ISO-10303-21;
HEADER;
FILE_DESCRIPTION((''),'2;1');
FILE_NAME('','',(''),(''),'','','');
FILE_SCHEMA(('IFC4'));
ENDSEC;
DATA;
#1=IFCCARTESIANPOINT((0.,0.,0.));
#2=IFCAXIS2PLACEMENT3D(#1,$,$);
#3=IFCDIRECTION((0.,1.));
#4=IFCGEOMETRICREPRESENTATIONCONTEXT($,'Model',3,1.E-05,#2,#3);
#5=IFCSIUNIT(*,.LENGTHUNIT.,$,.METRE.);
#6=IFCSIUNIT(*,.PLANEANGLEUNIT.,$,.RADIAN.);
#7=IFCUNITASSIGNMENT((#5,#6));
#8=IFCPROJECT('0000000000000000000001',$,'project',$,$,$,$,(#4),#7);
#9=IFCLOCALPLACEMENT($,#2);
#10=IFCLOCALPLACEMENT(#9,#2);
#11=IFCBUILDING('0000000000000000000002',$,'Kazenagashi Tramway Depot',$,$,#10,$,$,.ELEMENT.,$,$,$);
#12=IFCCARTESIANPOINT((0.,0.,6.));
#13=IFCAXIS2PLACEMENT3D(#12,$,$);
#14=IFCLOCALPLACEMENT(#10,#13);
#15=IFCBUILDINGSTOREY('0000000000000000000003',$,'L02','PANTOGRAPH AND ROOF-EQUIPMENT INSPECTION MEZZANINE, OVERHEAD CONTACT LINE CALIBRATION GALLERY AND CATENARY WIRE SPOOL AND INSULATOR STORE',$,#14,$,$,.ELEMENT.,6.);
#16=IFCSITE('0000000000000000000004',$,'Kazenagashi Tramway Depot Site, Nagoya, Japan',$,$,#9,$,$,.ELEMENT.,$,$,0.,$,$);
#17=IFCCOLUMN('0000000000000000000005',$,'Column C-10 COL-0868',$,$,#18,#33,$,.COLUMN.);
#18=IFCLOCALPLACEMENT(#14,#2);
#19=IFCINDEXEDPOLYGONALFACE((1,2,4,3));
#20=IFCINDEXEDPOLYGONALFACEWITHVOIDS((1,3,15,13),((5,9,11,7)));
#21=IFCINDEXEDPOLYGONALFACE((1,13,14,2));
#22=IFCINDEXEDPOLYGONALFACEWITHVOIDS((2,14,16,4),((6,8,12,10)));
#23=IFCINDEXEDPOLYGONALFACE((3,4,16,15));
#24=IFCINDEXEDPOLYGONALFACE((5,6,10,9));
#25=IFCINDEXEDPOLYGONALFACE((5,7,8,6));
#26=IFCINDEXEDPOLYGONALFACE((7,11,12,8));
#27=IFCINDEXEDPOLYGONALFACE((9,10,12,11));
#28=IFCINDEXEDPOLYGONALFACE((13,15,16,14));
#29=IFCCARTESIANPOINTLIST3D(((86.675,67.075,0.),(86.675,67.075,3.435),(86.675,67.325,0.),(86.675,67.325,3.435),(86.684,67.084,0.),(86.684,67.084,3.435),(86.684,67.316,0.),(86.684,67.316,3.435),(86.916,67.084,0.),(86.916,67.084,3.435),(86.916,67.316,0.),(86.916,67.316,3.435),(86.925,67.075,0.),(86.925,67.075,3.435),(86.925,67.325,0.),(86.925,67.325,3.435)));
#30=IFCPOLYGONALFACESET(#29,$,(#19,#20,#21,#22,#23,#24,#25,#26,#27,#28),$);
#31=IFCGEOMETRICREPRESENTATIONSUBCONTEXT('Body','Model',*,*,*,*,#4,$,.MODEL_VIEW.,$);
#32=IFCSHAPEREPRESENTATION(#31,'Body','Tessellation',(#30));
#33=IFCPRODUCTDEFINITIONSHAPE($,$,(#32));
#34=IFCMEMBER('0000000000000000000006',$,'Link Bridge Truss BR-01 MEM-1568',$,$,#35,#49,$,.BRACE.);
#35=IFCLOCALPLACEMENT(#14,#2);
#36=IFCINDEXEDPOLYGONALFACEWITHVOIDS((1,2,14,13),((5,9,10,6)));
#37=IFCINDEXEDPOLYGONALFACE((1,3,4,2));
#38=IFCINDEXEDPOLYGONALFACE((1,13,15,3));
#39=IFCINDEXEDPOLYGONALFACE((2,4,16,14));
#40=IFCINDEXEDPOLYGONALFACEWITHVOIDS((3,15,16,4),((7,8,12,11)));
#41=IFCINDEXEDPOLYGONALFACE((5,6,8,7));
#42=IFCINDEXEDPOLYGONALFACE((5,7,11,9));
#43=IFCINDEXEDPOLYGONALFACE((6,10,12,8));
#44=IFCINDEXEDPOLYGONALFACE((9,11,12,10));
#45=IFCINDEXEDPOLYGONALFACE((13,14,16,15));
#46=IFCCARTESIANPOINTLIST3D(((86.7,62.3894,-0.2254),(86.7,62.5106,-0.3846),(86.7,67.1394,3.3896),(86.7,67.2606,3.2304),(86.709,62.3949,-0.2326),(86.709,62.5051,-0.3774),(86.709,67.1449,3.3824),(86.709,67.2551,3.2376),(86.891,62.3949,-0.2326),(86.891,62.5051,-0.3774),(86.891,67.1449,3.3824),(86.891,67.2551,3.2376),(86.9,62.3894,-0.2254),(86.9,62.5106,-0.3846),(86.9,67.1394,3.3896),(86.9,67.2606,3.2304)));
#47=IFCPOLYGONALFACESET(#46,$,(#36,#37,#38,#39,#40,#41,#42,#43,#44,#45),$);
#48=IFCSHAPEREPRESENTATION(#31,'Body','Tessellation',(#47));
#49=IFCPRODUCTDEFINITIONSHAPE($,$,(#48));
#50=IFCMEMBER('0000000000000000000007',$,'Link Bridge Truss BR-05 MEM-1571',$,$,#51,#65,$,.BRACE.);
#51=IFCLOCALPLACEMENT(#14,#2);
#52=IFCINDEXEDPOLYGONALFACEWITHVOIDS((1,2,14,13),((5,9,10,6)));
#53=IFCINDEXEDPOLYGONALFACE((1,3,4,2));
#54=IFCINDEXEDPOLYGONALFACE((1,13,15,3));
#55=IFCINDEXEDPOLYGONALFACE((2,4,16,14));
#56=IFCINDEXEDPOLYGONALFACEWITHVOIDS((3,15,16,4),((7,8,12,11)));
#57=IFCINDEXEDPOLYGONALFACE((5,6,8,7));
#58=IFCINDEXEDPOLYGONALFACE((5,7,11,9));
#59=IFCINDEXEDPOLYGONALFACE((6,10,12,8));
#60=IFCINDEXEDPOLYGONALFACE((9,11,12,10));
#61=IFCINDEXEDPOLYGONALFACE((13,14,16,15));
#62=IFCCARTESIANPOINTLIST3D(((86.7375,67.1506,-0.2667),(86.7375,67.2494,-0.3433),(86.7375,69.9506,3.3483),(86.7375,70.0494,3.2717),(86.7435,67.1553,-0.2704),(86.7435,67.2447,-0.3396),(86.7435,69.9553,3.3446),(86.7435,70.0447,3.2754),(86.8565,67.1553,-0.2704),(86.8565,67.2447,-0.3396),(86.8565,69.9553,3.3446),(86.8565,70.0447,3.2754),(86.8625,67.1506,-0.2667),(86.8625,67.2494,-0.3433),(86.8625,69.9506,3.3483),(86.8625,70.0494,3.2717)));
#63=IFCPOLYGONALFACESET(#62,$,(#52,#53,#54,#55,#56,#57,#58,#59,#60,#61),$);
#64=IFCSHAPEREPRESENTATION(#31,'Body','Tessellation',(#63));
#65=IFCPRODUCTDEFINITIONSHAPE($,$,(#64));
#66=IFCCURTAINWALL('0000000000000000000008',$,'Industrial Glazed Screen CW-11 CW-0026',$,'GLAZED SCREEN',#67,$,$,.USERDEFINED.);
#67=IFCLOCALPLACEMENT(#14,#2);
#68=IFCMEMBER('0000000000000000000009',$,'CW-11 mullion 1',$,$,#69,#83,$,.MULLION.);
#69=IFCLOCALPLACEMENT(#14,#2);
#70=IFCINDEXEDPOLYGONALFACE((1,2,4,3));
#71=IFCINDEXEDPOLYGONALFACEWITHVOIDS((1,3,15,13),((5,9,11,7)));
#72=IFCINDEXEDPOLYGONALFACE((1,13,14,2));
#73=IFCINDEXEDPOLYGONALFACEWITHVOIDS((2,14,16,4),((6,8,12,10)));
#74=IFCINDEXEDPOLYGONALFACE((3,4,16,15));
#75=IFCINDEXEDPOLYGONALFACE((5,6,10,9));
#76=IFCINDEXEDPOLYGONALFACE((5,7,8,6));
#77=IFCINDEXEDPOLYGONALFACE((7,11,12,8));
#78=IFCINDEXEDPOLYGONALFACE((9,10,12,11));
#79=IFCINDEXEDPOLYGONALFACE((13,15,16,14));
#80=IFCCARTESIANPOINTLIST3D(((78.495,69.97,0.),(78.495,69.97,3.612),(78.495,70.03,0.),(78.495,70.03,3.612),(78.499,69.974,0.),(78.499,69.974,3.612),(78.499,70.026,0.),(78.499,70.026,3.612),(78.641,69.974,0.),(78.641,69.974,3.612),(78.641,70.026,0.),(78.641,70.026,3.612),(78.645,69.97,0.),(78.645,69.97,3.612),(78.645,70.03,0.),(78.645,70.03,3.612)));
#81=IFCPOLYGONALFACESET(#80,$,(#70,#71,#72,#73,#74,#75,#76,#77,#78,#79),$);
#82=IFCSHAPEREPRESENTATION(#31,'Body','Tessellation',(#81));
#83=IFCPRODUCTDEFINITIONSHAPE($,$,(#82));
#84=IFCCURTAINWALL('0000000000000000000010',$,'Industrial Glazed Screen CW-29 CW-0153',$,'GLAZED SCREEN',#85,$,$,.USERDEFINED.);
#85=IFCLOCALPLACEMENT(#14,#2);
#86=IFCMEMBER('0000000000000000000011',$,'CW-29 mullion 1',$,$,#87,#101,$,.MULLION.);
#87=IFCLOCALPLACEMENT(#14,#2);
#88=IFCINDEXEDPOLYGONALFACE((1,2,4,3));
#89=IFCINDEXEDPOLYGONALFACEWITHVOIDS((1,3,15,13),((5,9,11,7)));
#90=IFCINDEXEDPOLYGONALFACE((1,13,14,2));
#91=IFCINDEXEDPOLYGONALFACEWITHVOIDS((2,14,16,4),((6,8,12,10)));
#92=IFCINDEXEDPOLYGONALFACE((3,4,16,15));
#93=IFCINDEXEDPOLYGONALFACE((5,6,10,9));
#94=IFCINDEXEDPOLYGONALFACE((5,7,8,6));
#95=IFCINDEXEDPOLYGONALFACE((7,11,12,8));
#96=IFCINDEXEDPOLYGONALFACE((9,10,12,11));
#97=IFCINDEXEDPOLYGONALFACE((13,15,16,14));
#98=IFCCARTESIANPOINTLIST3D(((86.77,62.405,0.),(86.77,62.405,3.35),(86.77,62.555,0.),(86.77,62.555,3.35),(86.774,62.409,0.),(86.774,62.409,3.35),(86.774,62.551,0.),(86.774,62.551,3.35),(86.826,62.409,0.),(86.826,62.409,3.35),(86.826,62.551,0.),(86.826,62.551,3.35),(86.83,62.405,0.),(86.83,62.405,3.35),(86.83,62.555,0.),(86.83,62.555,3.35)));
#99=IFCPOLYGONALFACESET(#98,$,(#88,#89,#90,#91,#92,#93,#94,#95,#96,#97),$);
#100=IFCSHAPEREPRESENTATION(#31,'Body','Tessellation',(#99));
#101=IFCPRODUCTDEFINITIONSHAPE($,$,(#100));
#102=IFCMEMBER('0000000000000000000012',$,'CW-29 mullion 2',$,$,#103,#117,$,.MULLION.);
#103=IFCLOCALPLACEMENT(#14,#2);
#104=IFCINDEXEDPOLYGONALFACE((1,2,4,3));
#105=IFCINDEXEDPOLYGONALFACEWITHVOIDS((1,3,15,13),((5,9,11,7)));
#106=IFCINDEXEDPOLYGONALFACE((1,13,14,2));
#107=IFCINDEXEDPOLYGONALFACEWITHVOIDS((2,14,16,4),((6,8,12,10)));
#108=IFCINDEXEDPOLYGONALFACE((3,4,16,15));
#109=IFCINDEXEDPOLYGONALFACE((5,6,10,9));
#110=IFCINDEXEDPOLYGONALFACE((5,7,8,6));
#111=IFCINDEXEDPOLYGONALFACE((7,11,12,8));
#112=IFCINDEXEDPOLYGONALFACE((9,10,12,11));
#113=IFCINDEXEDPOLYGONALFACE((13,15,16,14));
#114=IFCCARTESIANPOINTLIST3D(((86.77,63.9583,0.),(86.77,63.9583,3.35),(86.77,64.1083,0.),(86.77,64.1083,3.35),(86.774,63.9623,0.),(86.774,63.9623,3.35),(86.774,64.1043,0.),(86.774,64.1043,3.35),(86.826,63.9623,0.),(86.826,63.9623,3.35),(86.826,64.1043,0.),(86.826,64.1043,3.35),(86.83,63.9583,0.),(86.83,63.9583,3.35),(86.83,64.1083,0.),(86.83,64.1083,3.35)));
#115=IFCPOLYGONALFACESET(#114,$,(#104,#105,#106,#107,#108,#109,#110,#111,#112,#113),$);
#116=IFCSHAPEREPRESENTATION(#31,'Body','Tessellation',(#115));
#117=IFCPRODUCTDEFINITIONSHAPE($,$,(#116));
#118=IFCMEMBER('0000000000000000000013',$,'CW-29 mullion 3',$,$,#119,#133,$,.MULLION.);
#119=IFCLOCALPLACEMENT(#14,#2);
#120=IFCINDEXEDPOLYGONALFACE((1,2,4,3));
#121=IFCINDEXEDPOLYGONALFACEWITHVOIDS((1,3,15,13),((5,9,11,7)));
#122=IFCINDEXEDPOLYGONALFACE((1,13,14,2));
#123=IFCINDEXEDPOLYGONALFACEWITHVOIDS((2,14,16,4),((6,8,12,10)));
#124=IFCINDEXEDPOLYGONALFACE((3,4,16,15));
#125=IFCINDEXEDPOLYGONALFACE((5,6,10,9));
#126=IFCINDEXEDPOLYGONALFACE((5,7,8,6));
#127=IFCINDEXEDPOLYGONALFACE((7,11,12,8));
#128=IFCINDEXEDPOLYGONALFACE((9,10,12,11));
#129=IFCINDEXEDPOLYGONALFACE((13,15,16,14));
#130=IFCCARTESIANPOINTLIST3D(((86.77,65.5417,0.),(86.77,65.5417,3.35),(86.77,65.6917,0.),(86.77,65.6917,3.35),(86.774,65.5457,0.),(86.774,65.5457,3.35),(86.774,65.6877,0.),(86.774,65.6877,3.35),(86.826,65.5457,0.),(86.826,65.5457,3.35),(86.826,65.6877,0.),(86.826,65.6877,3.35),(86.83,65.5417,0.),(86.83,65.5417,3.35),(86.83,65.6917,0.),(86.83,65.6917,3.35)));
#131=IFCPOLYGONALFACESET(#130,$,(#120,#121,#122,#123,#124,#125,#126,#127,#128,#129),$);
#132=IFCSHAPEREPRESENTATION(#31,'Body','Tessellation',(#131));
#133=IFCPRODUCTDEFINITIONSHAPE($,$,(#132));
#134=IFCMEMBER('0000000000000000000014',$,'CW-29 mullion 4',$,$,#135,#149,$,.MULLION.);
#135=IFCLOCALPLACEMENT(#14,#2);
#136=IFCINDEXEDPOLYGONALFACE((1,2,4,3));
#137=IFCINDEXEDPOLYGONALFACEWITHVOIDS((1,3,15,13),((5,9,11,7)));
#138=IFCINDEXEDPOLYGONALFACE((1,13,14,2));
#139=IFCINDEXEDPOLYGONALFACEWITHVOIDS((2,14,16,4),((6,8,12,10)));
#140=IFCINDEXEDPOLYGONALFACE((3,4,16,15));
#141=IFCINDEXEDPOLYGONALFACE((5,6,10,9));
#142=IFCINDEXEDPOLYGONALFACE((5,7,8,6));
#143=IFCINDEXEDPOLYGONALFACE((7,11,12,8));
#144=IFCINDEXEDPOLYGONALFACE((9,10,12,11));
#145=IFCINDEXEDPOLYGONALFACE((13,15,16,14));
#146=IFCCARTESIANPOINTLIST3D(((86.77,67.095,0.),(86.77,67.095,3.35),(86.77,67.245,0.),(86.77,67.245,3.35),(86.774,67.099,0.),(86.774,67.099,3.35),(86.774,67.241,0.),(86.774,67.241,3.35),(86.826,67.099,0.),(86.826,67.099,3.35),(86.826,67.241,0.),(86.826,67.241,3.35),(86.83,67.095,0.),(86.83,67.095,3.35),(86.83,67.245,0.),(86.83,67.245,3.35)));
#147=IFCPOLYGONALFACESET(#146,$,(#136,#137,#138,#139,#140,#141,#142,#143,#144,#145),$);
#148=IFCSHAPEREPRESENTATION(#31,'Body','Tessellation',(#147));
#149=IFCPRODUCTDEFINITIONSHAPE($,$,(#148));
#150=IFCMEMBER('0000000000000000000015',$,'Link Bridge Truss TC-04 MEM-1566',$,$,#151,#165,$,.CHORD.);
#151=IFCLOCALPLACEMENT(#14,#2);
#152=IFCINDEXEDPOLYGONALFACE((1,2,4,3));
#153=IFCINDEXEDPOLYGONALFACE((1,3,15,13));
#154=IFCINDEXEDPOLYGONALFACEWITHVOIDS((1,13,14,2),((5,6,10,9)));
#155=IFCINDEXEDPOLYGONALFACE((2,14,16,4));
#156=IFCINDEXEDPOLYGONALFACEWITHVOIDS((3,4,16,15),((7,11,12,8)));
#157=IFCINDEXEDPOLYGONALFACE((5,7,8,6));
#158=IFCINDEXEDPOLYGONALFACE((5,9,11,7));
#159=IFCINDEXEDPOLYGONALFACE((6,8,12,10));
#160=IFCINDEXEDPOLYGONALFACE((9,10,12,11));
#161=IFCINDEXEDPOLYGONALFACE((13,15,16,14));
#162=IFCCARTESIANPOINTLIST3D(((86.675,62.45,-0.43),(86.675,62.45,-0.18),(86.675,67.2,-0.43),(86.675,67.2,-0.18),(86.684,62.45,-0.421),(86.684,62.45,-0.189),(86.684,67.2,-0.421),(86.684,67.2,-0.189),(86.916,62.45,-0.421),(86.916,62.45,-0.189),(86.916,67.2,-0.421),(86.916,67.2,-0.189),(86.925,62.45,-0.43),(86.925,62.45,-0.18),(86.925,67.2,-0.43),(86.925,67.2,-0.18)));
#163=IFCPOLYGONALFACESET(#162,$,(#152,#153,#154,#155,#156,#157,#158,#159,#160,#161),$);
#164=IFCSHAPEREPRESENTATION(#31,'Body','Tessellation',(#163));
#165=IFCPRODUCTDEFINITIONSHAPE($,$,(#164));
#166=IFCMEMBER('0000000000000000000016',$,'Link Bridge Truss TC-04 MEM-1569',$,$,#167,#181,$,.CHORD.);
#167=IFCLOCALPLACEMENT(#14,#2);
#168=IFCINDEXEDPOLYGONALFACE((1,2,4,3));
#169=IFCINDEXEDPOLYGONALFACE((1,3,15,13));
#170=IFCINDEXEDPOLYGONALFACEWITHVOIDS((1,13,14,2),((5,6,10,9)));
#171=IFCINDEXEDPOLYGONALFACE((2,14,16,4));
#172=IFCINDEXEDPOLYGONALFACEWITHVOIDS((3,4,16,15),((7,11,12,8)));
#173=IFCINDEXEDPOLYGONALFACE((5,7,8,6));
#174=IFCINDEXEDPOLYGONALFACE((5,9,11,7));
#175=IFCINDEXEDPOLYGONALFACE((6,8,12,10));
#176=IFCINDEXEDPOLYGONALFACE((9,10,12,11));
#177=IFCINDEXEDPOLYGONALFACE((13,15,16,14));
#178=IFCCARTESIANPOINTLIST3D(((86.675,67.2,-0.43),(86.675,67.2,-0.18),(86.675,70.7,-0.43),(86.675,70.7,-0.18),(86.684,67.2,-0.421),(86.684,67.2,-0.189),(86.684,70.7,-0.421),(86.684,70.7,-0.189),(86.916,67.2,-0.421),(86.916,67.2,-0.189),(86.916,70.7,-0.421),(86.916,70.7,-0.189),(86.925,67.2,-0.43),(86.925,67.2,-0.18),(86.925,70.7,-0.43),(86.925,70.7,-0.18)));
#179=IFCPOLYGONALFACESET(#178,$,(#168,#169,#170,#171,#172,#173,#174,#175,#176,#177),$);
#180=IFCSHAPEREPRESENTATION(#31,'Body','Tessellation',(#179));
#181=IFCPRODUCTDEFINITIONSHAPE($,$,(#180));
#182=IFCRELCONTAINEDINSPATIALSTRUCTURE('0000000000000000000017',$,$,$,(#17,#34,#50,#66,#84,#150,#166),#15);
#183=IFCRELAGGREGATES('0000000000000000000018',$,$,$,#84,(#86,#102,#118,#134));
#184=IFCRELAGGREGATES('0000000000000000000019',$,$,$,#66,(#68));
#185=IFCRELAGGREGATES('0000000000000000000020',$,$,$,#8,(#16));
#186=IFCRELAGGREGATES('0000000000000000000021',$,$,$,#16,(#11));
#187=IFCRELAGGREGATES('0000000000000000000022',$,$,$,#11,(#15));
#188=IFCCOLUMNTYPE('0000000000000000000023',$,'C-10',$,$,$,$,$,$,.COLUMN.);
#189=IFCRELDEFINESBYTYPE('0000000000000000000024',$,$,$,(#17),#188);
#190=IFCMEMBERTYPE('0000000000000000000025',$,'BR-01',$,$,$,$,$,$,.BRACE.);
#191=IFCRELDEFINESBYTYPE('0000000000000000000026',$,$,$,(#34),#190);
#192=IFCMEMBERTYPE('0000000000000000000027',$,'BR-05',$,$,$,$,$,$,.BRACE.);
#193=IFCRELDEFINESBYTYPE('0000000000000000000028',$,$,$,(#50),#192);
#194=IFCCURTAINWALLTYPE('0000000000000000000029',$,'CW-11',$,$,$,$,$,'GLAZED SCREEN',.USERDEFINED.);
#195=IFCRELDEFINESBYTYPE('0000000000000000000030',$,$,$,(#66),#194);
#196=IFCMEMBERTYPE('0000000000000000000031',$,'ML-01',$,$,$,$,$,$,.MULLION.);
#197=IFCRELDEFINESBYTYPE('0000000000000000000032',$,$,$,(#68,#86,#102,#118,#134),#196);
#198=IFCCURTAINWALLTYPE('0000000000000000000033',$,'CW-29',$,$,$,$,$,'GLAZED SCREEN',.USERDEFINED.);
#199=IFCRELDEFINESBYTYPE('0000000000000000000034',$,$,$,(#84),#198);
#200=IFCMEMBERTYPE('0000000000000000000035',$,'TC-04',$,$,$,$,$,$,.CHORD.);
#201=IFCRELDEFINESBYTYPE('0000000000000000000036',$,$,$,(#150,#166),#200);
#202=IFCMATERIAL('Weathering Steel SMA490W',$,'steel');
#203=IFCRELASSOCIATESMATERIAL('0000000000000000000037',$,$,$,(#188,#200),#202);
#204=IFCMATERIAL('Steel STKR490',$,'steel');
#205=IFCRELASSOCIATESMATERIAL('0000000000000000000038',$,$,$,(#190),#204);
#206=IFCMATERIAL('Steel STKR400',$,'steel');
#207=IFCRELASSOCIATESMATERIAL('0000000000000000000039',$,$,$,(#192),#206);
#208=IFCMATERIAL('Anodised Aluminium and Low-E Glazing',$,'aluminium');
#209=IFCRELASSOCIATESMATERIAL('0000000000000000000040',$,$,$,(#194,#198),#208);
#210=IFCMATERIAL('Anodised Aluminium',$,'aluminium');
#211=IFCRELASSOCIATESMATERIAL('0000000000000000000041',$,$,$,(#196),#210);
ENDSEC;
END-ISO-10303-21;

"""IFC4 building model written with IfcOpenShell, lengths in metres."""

from ifc_helpers import new_model, si_unit, direction, frame, origin, origin_2d, place, context, subcontext, project, spatial, hollow_rectangle, extrude, material, material_profile, profile_set, type_object, element, aggregate, save


model = new_model("IFC4")

# Units and contexts
model_context = context("Model", 3, precision=1e-05, world=origin(), true_north=direction((0.0, 1.0)))
body_context = subcontext(model_context, "Body", "Model", "MODEL_VIEW")
ifc_project = project(units=[si_unit("LENGTHUNIT", "METRE"), si_unit("PLANEANGLEUNIT", "RADIAN")], contexts=[model_context])

# Site, building, storey
site_placement = place(None, origin())
site = spatial("IfcSite", under=ifc_project, at=site_placement, Name="Kazenagashi Tramway Depot Site, Nagoya, Japan", CompositionType="ELEMENT", RefElevation=0.0)
building_placement = place(site_placement, origin())
building = spatial("IfcBuilding", under=site, at=building_placement, Name="Kazenagashi Tramway Depot", CompositionType="ELEMENT")
storey_placement = place(building_placement, frame((0.0, 0.0, 6.0)))
storey = spatial("IfcBuildingStorey", under=building, at=storey_placement, Name="L02", Description="PANTOGRAPH AND ROOF-EQUIPMENT INSPECTION MEZZANINE, OVERHEAD CONTACT LINE CALIBRATION GALLERY AND CATENARY WIRE SPOOL AND INSULATOR STORE", CompositionType="ELEMENT", Elevation=6.0)

# Column
ifc_material_1 = material(Name="Weathering Steel SMA490W", Category="steel")
ifc_material_profile_1 = material_profile(ifc_material_1, hollow_rectangle(XDim=0.25, YDim=0.25, WallThickness=0.009, at=origin_2d()), Name="SHS-250x250x9")
ifc_profile_set_1 = profile_set([ifc_material_profile_1], Name="Weathering Steel SMA490W")
column_type = type_object("IfcColumnType", Name="C-10", PredefinedType="COLUMN", material=ifc_profile_set_1)
column_placement = place(storey_placement, frame((86.8, 67.2, 0.0), z_axis=(0.0, 0.0, 1.0), x_axis=(1.0, 0.0, 0.0)))
element("IfcColumn", 1, at=column_placement, inside=storey, type_object=column_type, Name="Column C-10 COL-0868", PredefinedType="COLUMN", context=body_context, shape_type="SweptSolid", body=[
    extrude(hollow_rectangle(XDim=0.25, YDim=0.25, WallThickness=0.009, at=origin_2d()), origin(), (0.0, 0.0, 1.0), 3.435),
])

# Members
ifc_material_2 = material(Name="Steel STKR490", Category="steel")
ifc_material_profile_2 = material_profile(ifc_material_2, hollow_rectangle(XDim=0.2, YDim=0.2, WallThickness=0.009, at=origin_2d()), Name="SHS-200x200x9")
ifc_profile_set_2 = profile_set([ifc_material_profile_2], Name="Steel STKR490")
member_type_1 = type_object("IfcMemberType", Name="BR-01", PredefinedType="BRACE", material=ifc_profile_set_2)
member_1_placement = place(storey_placement, frame((86.8, 62.45, -0.305), z_axis=(0.0, 0.795758, 0.605614), x_axis=(-1.0, 0.0, 0.0)))
element("IfcMember", 2, at=member_1_placement, inside=storey, type_object=member_type_1, Name="Link Bridge Truss BR-01 MEM-1568", PredefinedType="BRACE", context=body_context, shape_type="SweptSolid", body=[
    extrude(hollow_rectangle(XDim=0.2, YDim=0.2, WallThickness=0.009, at=origin_2d()), origin(), (0.0, 0.0, 1.0), 5.9691),
])
ifc_material_3 = material(Name="Steel STKR400", Category="steel")
ifc_material_profile_3 = material_profile(ifc_material_3, hollow_rectangle(XDim=0.125, YDim=0.125, WallThickness=0.006, at=origin_2d()), Name="SHS-125x125x6")
ifc_profile_set_3 = profile_set([ifc_material_profile_3], Name="Steel STKR400")
member_type_2 = type_object("IfcMemberType", Name="BR-05", PredefinedType="BRACE", material=ifc_profile_set_3)
member_2_placement = place(storey_placement, frame((86.8, 67.2, -0.305), z_axis=(0.0, 0.61235, 0.790587), x_axis=(-1.0, 0.0, 0.0)))
element("IfcMember", 3, at=member_2_placement, inside=storey, type_object=member_type_2, Name="Link Bridge Truss BR-05 MEM-1571", PredefinedType="BRACE", context=body_context, shape_type="SweptSolid", body=[
    extrude(hollow_rectangle(XDim=0.125, YDim=0.125, WallThickness=0.006, at=origin_2d()), origin(), (0.0, 0.0, 1.0), 4.5726),
])

# Curtain wall, member
ifc_material_4 = material(Name="Anodised Aluminium and Low-E Glazing", Category="aluminium")
curtain_wall_type_1 = type_object("IfcCurtainWallType", Name="CW-11", ElementType="GLAZED SCREEN", PredefinedType="USERDEFINED", material=ifc_material_4)
curtain_wall_1_placement = place(storey_placement, origin())
curtain_wall_1 = element("IfcCurtainWall", 4, at=curtain_wall_1_placement, inside=storey, type_object=curtain_wall_type_1, Name="Industrial Glazed Screen CW-11 CW-0026", ObjectType="GLAZED SCREEN", PredefinedType="USERDEFINED")
ifc_material_5 = material(Name="Anodised Aluminium", Category="aluminium")
ifc_material_profile_4 = material_profile(ifc_material_5, hollow_rectangle(XDim=0.06, YDim=0.15, WallThickness=0.004, at=origin_2d()), Name="RHS-150x60x4")
ifc_profile_set_4 = profile_set([ifc_material_profile_4], Name="Anodised Aluminium")
member_type_3 = type_object("IfcMemberType", Name="ML-01", PredefinedType="MULLION", material=ifc_profile_set_4)
member_3_placement = place(storey_placement, frame((78.57, 70.0, 0.0), z_axis=(0.0, 0.0, 1.0), x_axis=(0.0, 1.0, 0.0)))
member_3 = element("IfcMember", 5, at=member_3_placement, type_object=member_type_3, Name="CW-11 mullion 1", PredefinedType="MULLION", context=body_context, shape_type="SweptSolid", body=[
    extrude(hollow_rectangle(XDim=0.06, YDim=0.15, WallThickness=0.004, at=origin_2d()), origin(), (0.0, 0.0, 1.0), 3.612),
])

# Curtain wall, members
curtain_wall_type_2 = type_object("IfcCurtainWallType", Name="CW-29", ElementType="GLAZED SCREEN", PredefinedType="USERDEFINED", material=ifc_material_4)
curtain_wall_2_placement = place(storey_placement, origin())
curtain_wall_2 = element("IfcCurtainWall", 6, at=curtain_wall_2_placement, inside=storey, type_object=curtain_wall_type_2, Name="Industrial Glazed Screen CW-29 CW-0153", ObjectType="GLAZED SCREEN", PredefinedType="USERDEFINED")
member_4_placement = place(storey_placement, frame((86.8, 62.48, 0.0), z_axis=(0.0, 0.0, 1.0), x_axis=(-1.0, 0.0, 0.0)))
member_4 = element("IfcMember", 7, at=member_4_placement, type_object=member_type_3, Name="CW-29 mullion 1", PredefinedType="MULLION", context=body_context, shape_type="SweptSolid", body=[
    extrude(hollow_rectangle(XDim=0.06, YDim=0.15, WallThickness=0.004, at=origin_2d()), origin(), (0.0, 0.0, 1.0), 3.35),
])
member_5_placement = place(storey_placement, frame((86.8, 64.0333, 0.0), z_axis=(0.0, 0.0, 1.0), x_axis=(-1.0, 0.0, 0.0)))
member_5 = element("IfcMember", 8, at=member_5_placement, type_object=member_type_3, Name="CW-29 mullion 2", PredefinedType="MULLION", context=body_context, shape_type="SweptSolid", body=[
    extrude(hollow_rectangle(XDim=0.06, YDim=0.15, WallThickness=0.004, at=origin_2d()), origin(), (0.0, 0.0, 1.0), 3.35),
])
member_6_placement = place(storey_placement, frame((86.8, 65.6167, 0.0), z_axis=(0.0, 0.0, 1.0), x_axis=(-1.0, 0.0, 0.0)))
member_6 = element("IfcMember", 9, at=member_6_placement, type_object=member_type_3, Name="CW-29 mullion 3", PredefinedType="MULLION", context=body_context, shape_type="SweptSolid", body=[
    extrude(hollow_rectangle(XDim=0.06, YDim=0.15, WallThickness=0.004, at=origin_2d()), origin(), (0.0, 0.0, 1.0), 3.35),
])
member_7_placement = place(storey_placement, frame((86.8, 67.17, 0.0), z_axis=(0.0, 0.0, 1.0), x_axis=(-1.0, 0.0, 0.0)))
member_7 = element("IfcMember", 10, at=member_7_placement, type_object=member_type_3, Name="CW-29 mullion 4", PredefinedType="MULLION", context=body_context, shape_type="SweptSolid", body=[
    extrude(hollow_rectangle(XDim=0.06, YDim=0.15, WallThickness=0.004, at=origin_2d()), origin(), (0.0, 0.0, 1.0), 3.35),
])

# Members
ifc_material_profile_5 = material_profile(ifc_material_1, hollow_rectangle(XDim=0.25, YDim=0.25, WallThickness=0.009, at=origin_2d()), Name="SHS-250x250x9")
ifc_profile_set_5 = profile_set([ifc_material_profile_5], Name="Weathering Steel SMA490W")
member_type_4 = type_object("IfcMemberType", Name="TC-04", PredefinedType="CHORD", material=ifc_profile_set_5)
member_8_placement = place(storey_placement, frame((86.8, 62.45, -0.305), z_axis=(0.0, 1.0, 0.0), x_axis=(-1.0, 0.0, 0.0)))
element("IfcMember", 11, at=member_8_placement, inside=storey, type_object=member_type_4, Name="Link Bridge Truss TC-04 MEM-1566", PredefinedType="CHORD", context=body_context, shape_type="SweptSolid", body=[
    extrude(hollow_rectangle(XDim=0.25, YDim=0.25, WallThickness=0.009, at=origin_2d()), origin(), (0.0, 0.0, 1.0), 4.75),
])
member_9_placement = place(storey_placement, frame((86.8, 67.2, -0.305), z_axis=(0.0, 1.0, 0.0), x_axis=(-1.0, 0.0, 0.0)))
element("IfcMember", 12, at=member_9_placement, inside=storey, type_object=member_type_4, Name="Link Bridge Truss TC-04 MEM-1569", PredefinedType="CHORD", context=body_context, shape_type="SweptSolid", body=[
    extrude(hollow_rectangle(XDim=0.25, YDim=0.25, WallThickness=0.009, at=origin_2d()), origin(), (0.0, 0.0, 1.0), 3.5),
])

aggregate(curtain_wall_2, [member_4, member_5, member_6, member_7])
aggregate(curtain_wall_1, [member_3])

save(model, "model.ifc")
